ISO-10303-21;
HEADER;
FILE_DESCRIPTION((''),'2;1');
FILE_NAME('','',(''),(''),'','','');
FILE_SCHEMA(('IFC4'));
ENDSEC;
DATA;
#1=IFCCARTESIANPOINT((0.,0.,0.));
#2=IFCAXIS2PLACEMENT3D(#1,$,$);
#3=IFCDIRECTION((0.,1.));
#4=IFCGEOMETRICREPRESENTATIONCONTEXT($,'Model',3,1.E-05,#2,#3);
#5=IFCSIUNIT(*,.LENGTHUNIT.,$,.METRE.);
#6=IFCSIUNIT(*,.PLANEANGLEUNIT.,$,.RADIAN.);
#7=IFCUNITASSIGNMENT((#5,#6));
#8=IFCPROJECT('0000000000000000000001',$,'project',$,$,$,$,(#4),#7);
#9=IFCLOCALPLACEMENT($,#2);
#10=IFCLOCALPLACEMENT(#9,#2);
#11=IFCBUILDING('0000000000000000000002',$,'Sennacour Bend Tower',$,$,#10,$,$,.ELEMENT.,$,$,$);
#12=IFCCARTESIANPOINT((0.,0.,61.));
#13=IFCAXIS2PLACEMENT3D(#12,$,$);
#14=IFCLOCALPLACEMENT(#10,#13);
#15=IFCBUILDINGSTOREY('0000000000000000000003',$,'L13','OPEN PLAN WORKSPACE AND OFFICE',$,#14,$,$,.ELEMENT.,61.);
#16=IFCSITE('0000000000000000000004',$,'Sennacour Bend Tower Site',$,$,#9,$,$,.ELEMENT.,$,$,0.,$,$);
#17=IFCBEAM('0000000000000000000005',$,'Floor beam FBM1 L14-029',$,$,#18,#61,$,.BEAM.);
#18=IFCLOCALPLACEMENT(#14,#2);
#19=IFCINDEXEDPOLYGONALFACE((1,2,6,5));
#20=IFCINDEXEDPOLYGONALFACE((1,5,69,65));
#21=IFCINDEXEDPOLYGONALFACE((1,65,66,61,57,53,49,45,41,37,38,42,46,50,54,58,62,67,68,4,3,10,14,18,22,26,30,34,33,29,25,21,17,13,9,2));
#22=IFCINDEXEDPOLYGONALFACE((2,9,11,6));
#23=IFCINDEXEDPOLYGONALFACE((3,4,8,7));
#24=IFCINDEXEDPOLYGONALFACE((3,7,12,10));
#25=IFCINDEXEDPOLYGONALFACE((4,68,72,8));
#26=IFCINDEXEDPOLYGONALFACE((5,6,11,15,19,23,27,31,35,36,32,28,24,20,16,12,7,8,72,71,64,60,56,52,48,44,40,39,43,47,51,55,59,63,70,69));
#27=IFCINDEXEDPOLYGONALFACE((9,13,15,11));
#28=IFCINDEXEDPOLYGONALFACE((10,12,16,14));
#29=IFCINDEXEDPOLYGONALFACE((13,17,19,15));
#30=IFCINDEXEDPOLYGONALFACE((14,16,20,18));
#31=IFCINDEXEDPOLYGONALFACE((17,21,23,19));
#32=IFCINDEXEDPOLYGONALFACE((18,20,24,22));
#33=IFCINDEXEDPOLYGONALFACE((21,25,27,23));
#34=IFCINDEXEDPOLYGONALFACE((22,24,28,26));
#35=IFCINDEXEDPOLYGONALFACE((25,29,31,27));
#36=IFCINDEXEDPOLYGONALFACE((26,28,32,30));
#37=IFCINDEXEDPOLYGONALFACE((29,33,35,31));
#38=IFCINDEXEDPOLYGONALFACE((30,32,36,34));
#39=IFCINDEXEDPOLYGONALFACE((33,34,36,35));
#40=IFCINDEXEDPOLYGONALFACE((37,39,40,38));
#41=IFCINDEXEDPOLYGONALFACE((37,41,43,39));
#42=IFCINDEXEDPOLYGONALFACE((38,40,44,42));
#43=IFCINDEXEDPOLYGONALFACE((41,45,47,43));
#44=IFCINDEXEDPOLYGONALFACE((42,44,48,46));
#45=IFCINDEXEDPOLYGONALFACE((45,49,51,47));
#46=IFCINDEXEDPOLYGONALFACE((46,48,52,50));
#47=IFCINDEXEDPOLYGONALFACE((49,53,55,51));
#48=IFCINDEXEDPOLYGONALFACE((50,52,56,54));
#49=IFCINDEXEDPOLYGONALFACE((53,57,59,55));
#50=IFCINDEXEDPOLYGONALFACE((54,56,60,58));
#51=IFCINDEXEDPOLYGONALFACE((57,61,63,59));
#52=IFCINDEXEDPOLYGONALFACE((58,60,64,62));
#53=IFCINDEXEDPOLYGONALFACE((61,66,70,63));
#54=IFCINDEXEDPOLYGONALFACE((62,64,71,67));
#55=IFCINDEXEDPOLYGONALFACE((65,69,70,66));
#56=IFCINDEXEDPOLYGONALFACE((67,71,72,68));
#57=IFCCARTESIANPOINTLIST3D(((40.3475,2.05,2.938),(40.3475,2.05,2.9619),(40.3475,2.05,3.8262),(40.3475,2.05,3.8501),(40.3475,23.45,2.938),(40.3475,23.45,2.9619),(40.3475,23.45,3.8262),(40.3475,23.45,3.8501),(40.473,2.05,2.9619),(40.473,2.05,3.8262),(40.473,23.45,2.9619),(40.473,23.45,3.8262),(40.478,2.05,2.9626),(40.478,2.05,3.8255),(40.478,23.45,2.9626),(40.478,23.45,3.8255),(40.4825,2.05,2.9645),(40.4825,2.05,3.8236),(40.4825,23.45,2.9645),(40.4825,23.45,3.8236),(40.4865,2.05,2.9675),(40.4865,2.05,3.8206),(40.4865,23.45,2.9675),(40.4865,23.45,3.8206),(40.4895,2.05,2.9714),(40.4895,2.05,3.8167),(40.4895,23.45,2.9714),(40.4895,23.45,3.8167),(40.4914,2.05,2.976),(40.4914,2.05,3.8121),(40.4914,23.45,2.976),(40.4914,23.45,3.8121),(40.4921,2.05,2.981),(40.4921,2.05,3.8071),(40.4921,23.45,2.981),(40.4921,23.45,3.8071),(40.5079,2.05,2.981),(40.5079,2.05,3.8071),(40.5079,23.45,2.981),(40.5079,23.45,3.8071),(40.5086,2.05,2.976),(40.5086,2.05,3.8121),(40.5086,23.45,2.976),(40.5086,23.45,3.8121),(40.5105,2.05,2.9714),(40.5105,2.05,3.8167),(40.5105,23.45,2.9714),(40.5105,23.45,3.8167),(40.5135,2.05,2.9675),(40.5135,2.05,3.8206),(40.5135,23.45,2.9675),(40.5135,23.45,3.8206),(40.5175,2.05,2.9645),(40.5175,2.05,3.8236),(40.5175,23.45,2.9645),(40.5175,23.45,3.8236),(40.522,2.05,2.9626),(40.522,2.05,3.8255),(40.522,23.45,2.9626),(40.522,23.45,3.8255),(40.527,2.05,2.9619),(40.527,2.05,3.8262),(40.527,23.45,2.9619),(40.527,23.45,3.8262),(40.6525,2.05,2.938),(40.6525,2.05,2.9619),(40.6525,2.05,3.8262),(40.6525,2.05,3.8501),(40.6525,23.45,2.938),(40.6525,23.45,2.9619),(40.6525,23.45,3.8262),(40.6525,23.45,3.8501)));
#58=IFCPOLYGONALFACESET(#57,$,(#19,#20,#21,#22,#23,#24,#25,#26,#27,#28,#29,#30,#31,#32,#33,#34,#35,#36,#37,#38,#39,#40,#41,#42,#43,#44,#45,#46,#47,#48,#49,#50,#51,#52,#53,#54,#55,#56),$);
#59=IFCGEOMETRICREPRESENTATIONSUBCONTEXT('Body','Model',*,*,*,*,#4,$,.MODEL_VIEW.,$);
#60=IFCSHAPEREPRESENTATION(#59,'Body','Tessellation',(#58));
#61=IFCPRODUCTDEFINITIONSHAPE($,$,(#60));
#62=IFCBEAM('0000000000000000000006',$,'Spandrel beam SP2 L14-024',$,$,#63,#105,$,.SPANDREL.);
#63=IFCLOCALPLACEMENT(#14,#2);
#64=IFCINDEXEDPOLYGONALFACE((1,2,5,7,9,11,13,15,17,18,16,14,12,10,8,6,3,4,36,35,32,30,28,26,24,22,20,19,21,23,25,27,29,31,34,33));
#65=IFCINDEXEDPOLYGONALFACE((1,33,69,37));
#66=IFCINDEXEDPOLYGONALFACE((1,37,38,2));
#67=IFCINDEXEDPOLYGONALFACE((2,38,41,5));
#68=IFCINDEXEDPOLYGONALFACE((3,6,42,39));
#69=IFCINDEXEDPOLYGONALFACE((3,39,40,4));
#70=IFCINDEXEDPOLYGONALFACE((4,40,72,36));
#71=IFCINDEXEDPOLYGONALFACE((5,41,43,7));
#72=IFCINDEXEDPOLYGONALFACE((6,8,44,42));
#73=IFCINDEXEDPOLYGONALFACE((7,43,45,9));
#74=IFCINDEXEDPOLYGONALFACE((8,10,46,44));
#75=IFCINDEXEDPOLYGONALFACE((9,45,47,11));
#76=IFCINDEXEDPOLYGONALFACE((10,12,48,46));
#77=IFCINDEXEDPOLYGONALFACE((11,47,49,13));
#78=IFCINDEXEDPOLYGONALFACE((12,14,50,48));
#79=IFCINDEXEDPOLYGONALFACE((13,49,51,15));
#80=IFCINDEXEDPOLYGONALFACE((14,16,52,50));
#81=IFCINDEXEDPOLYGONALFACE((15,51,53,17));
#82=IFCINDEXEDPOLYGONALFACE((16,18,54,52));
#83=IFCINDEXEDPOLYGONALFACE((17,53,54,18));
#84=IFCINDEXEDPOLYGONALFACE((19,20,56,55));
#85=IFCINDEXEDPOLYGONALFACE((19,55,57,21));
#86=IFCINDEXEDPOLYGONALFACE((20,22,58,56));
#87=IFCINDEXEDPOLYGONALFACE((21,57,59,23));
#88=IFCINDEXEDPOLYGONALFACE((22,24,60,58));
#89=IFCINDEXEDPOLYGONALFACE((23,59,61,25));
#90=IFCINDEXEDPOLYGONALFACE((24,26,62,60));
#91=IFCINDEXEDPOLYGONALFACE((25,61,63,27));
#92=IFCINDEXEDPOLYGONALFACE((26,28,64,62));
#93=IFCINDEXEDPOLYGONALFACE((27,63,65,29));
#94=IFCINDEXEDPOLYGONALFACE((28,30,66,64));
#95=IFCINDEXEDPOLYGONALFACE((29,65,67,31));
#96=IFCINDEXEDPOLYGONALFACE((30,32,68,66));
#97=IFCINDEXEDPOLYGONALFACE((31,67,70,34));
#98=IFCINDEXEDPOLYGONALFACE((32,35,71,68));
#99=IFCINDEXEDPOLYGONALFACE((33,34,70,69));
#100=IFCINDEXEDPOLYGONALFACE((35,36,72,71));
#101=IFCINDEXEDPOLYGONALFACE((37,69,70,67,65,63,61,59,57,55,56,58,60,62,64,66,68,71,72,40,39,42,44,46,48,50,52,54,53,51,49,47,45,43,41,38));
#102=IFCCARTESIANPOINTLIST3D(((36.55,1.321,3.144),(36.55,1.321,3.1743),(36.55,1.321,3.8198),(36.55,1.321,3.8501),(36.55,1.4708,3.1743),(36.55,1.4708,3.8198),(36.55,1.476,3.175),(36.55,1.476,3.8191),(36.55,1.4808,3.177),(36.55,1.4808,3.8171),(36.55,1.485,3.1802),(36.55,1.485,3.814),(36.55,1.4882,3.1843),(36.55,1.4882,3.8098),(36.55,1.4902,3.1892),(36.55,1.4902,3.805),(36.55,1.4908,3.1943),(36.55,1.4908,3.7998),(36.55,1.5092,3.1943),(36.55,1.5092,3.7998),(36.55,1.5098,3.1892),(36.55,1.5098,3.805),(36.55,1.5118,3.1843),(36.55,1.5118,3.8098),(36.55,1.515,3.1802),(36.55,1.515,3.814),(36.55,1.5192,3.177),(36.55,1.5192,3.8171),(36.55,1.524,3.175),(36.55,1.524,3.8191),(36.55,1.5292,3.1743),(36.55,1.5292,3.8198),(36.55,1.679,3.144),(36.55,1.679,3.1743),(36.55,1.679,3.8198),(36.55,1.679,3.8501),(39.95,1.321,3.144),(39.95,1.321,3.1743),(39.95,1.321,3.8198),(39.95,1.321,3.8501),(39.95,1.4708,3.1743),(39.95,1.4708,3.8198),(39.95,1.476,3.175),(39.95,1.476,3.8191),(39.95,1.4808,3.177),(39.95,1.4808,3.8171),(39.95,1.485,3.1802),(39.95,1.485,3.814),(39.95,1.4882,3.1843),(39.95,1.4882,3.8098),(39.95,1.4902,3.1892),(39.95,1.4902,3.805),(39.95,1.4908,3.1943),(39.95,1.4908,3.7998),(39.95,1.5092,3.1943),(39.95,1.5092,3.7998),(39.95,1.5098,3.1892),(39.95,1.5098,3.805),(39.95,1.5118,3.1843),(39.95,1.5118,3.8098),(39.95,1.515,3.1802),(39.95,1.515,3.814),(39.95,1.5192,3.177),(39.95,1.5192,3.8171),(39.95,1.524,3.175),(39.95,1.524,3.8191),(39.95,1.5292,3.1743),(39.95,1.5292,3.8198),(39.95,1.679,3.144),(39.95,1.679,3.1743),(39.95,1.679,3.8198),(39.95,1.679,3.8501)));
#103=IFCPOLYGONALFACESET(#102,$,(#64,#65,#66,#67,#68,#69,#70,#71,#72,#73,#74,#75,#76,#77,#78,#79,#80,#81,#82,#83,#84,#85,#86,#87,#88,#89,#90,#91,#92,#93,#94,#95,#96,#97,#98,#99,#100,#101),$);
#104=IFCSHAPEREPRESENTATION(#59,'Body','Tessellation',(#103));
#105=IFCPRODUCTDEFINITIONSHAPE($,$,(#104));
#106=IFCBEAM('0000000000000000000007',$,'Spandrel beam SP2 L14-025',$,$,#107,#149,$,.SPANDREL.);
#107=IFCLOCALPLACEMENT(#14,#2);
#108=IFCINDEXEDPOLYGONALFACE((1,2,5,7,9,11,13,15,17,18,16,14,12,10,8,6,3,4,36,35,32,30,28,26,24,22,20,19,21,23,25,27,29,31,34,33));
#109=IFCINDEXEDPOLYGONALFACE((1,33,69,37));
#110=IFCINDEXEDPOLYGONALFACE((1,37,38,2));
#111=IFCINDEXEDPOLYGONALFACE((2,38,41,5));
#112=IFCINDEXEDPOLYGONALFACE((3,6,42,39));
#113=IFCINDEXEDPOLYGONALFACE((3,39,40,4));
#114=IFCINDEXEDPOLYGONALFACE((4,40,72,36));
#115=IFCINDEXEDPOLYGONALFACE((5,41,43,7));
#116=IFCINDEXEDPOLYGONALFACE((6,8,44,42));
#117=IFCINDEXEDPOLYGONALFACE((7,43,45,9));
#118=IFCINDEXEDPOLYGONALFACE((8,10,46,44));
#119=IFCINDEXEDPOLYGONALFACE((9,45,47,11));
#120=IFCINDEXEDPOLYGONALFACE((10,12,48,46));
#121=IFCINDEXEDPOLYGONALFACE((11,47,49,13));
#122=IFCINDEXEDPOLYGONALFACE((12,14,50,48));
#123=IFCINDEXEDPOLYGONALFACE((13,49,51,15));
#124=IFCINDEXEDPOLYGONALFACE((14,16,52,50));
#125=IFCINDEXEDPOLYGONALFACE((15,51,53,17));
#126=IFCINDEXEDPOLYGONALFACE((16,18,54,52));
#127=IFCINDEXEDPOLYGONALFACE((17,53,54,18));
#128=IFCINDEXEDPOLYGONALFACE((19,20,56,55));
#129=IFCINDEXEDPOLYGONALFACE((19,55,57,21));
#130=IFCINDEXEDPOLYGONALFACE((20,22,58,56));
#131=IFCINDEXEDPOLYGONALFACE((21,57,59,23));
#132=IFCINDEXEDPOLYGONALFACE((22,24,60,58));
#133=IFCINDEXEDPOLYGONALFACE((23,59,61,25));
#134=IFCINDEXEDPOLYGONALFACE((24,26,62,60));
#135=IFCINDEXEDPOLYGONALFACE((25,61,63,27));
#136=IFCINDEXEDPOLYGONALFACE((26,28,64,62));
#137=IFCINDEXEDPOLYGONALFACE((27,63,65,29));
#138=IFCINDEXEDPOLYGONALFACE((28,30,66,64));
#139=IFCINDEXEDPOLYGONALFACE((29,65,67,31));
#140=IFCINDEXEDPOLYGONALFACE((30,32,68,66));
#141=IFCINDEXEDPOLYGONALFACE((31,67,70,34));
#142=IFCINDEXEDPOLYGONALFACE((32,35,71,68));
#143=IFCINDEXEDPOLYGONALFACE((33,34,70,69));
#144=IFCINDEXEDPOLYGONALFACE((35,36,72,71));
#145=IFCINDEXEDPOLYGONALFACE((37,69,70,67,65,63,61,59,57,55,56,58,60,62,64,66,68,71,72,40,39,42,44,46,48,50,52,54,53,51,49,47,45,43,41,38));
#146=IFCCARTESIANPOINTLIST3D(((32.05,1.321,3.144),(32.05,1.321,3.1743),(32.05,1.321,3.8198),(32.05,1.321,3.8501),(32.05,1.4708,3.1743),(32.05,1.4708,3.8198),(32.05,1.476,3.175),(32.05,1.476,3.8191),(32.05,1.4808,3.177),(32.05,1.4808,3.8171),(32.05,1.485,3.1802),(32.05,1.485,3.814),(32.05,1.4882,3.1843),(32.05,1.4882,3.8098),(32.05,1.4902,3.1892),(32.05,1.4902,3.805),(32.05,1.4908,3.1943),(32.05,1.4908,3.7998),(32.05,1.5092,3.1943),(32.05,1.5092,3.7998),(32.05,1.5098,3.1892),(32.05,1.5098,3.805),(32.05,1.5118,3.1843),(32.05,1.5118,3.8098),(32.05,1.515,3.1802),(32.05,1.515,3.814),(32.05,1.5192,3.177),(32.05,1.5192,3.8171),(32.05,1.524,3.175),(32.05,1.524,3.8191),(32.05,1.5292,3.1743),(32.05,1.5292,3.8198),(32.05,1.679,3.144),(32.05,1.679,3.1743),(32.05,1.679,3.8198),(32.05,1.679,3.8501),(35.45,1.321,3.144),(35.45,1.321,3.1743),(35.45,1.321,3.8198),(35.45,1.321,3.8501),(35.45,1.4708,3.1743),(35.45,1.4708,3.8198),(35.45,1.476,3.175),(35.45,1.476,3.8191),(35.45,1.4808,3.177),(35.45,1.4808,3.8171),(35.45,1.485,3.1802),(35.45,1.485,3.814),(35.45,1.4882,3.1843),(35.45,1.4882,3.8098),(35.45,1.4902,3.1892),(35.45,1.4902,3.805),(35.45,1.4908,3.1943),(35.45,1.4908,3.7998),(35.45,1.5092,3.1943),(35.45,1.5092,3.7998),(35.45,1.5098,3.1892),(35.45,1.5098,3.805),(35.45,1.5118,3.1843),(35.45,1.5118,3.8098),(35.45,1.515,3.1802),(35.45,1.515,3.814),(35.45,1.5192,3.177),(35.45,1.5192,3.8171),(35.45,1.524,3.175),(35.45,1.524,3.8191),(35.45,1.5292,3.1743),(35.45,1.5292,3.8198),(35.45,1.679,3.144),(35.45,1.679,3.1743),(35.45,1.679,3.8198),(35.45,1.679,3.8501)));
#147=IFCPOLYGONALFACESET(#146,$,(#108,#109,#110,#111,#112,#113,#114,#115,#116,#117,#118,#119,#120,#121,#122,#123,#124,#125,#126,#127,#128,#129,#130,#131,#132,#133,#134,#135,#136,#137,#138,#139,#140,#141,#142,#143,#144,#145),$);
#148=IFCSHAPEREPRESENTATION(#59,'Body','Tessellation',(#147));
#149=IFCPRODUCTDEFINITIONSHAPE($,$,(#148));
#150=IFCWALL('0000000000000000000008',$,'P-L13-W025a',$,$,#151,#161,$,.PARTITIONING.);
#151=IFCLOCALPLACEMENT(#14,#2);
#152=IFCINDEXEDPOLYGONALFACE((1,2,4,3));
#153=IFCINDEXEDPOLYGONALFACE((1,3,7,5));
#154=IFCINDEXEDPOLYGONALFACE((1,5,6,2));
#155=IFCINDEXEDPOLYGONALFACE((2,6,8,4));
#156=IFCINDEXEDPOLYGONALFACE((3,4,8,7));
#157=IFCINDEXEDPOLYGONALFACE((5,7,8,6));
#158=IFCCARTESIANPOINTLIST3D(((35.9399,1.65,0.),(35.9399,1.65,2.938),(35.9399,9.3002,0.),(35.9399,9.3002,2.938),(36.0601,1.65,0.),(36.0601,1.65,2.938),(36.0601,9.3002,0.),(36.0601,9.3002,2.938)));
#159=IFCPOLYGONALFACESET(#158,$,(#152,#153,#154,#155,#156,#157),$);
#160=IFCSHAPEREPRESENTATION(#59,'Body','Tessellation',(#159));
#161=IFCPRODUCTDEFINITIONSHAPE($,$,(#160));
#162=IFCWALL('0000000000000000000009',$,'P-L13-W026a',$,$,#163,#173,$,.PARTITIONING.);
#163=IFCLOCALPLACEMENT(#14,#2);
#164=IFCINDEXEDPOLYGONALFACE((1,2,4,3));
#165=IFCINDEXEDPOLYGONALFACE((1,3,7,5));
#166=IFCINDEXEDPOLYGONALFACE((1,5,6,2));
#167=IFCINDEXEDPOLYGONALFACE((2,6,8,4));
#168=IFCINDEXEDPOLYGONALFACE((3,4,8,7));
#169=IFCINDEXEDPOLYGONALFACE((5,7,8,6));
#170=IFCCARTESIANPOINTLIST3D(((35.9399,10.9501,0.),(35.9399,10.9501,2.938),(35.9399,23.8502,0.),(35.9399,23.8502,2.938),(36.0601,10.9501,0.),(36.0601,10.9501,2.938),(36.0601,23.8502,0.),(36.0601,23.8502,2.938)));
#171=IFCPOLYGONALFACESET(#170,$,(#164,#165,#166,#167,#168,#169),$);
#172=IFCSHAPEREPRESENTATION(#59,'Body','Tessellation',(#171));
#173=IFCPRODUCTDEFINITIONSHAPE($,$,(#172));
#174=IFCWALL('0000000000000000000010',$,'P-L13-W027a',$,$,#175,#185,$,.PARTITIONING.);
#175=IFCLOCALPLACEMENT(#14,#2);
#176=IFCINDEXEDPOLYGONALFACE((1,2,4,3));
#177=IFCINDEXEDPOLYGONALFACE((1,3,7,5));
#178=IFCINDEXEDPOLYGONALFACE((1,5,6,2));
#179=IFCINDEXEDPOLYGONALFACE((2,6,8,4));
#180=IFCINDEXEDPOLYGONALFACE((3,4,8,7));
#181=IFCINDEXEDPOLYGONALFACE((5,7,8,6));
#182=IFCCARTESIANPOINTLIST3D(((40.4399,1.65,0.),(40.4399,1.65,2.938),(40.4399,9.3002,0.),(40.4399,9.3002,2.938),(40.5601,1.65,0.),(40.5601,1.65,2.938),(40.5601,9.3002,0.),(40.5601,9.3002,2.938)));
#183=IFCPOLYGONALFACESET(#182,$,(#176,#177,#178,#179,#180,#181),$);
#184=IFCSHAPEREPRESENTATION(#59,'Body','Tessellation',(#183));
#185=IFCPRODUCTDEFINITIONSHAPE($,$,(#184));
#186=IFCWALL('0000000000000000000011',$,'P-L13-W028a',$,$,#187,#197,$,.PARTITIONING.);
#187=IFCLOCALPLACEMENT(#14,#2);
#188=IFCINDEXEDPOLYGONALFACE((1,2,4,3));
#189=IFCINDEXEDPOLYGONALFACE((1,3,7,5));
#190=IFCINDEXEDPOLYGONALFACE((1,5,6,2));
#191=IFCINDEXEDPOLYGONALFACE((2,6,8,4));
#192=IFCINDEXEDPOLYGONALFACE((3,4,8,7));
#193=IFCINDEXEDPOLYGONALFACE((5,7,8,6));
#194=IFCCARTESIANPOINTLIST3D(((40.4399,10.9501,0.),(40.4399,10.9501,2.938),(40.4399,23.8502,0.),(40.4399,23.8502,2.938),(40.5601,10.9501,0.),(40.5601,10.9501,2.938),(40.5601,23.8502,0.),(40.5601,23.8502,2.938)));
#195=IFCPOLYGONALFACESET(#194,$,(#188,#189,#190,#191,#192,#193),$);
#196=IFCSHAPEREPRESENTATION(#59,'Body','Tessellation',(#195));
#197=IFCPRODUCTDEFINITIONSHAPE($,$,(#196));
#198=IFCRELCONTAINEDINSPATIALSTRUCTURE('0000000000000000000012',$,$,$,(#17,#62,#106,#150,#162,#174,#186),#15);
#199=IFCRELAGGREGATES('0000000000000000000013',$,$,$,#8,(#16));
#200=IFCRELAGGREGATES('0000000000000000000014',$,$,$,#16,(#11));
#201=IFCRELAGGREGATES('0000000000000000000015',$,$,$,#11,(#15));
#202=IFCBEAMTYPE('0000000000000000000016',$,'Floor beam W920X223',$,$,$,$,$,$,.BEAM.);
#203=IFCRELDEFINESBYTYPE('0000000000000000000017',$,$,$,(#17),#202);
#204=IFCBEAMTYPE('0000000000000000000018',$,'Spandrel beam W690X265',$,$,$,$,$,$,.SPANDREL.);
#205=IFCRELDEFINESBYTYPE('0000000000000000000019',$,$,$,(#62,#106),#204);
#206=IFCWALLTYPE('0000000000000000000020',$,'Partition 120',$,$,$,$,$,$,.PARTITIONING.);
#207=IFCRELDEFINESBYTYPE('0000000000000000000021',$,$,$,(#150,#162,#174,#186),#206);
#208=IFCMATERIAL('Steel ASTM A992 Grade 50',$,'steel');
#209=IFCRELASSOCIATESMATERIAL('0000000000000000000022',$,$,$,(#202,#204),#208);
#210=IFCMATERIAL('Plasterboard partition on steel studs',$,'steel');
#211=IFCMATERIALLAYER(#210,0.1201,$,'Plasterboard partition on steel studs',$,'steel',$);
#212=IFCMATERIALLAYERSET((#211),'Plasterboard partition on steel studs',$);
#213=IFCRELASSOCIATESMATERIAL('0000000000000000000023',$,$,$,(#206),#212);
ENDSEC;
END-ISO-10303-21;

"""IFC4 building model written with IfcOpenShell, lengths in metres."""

from ifc_helpers import new_model, si_unit, direction, frame, frame_2d, origin, origin_2d, place, context, subcontext, project, spatial, rectangle, i_section, extrude, material, layer, layer_set, material_profile, profile_set, type_object, element, save


model = new_model("IFC4")

# Units and contexts
model_context = context("Model", 3, precision=1e-05, world=origin(), true_north=direction((0.0, 1.0)))
body_context = subcontext(model_context, "Body", "Model", "MODEL_VIEW")
ifc_project = project(units=[si_unit("LENGTHUNIT", "METRE"), si_unit("PLANEANGLEUNIT", "RADIAN")], contexts=[model_context])

# Site, building, storey
site_placement = place(None, origin())
site = spatial("IfcSite", under=ifc_project, at=site_placement, Name="Sennacour Bend Tower Site", CompositionType="ELEMENT", RefElevation=0.0)
building_placement = place(site_placement, origin())
building = spatial("IfcBuilding", under=site, at=building_placement, Name="Sennacour Bend Tower", CompositionType="ELEMENT")
storey_placement = place(building_placement, frame((0.0, 0.0, 61.0)))
storey = spatial("IfcBuildingStorey", under=building, at=storey_placement, Name="L13", Description="OPEN PLAN WORKSPACE AND OFFICE", CompositionType="ELEMENT", Elevation=61.0)

# Beams
ifc_material_1 = material(Name="Steel ASTM A992 Grade 50", Category="steel")
ifc_material_profile_1 = material_profile(ifc_material_1, i_section(OverallWidth=0.3049, OverallDepth=0.9121, WebThickness=0.0159, FlangeThickness=0.0239, FilletRadius=0.019, at=origin_2d()), Name="Steel ASTM A992 Grade 50", Category="steel")
ifc_profile_set_1 = profile_set([ifc_material_profile_1], Name="Steel ASTM A992 Grade 50")
beam_type_1 = type_object("IfcBeamType", Name="Floor beam W920X223", PredefinedType="BEAM", material=ifc_profile_set_1)
beam_1_placement = place(storey_placement, frame((40.5, 2.05, 3.394), z_axis=(0.0, 1.0, 0.0), x_axis=(-1.0, 0.0, 0.0)))
element("IfcBeam", 1, at=beam_1_placement, inside=storey, type_object=beam_type_1, Name="Floor beam FBM1 L14-029", PredefinedType="BEAM", context=body_context, shape_type="SweptSolid", body=[
    extrude(i_section(OverallWidth=0.3049, OverallDepth=0.9121, WebThickness=0.0159, FlangeThickness=0.0239, FilletRadius=0.019, at=origin_2d()), origin(), (0.0, 0.0, 1.0), 21.3999),
])
ifc_material_profile_2 = material_profile(ifc_material_1, i_section(OverallWidth=0.3579, OverallDepth=0.7061, WebThickness=0.0183, FlangeThickness=0.0303, FilletRadius=0.02, at=origin_2d()), Name="Steel ASTM A992 Grade 50", Category="steel")
ifc_profile_set_2 = profile_set([ifc_material_profile_2], Name="Steel ASTM A992 Grade 50")
beam_type_2 = type_object("IfcBeamType", Name="Spandrel beam W690X265", PredefinedType="SPANDREL", material=ifc_profile_set_2)
for number, where, z_axis, x_axis, name in (
    (2, (39.95, 1.5, 3.4971), (-1.0, 0.0, 0.0), (0.0, -1.0, 0.0), "Spandrel beam SP2 L14-024"),
    (3, (35.45, 1.5, 3.4971), (-1.0, 0.0, 0.0), (0.0, -1.0, 0.0), "Spandrel beam SP2 L14-025"),
):
    element("IfcBeam", number, at=place(storey_placement, frame(where, z_axis=z_axis, x_axis=x_axis)), inside=storey, type_object=beam_type_2, Name=name, PredefinedType="SPANDREL", context=body_context, shape_type="SweptSolid", body=[
        extrude(i_section(OverallWidth=0.3579, OverallDepth=0.7061, WebThickness=0.0183, FlangeThickness=0.0303, FilletRadius=0.02, at=origin_2d()), origin(), (0.0, 0.0, 1.0), 3.3999),
    ])

# Walls
ifc_material_2 = material(Name="Plasterboard partition on steel studs", Category="steel")
ifc_layer_1 = layer(ifc_material_2, 0.1201, Name="Plasterboard partition on steel studs", Category="steel")
ifc_layer_set_1 = layer_set([ifc_layer_1], Name="Plasterboard partition on steel studs")
wall_type_1 = type_object("IfcWallType", Name="Partition 120", PredefinedType="PARTITIONING", material=ifc_layer_set_1)
wall_1_placement = place(storey_placement, frame((36.0, 1.6499, 0.0), z_axis=(0.0, 0.0, 1.0), x_axis=(0.0, 1.0, 0.0)))
element("IfcWall", 4, at=wall_1_placement, inside=storey, type_object=wall_type_1, Name="P-L13-W025a", PredefinedType="PARTITIONING", context=body_context, shape_type="SweptSolid", body=[
    extrude(rectangle(XDim=7.6501, YDim=0.1201, at=frame_2d((3.8252, 0.0))), origin(), (0.0, 0.0, 1.0), 2.938),
])
wall_2_placement = place(storey_placement, frame((36.0, 10.95, 0.0), z_axis=(0.0, 0.0, 1.0), x_axis=(0.0, 1.0, 0.0)))
element("IfcWall", 5, at=wall_2_placement, inside=storey, type_object=wall_type_1, Name="P-L13-W026a", PredefinedType="PARTITIONING", context=body_context, shape_type="SweptSolid", body=[
    extrude(rectangle(XDim=12.9001, YDim=0.1201, at=frame_2d((6.4502, 0.0))), origin(), (0.0, 0.0, 1.0), 2.938),
])
wall_3_placement = place(storey_placement, frame((40.5, 1.6499, 0.0), z_axis=(0.0, 0.0, 1.0), x_axis=(0.0, 1.0, 0.0)))
element("IfcWall", 6, at=wall_3_placement, inside=storey, type_object=wall_type_1, Name="P-L13-W027a", PredefinedType="PARTITIONING", context=body_context, shape_type="SweptSolid", body=[
    extrude(rectangle(XDim=7.6501, YDim=0.1201, at=frame_2d((3.8252, 0.0))), origin(), (0.0, 0.0, 1.0), 2.938),
])
wall_4_placement = place(storey_placement, frame((40.5, 10.95, 0.0), z_axis=(0.0, 0.0, 1.0), x_axis=(0.0, 1.0, 0.0)))
element("IfcWall", 7, at=wall_4_placement, inside=storey, type_object=wall_type_1, Name="P-L13-W028a", PredefinedType="PARTITIONING", context=body_context, shape_type="SweptSolid", body=[
    extrude(rectangle(XDim=12.9001, YDim=0.1201, at=frame_2d((6.4502, 0.0))), origin(), (0.0, 0.0, 1.0), 2.938),
])

save(model, "model.ifc")
